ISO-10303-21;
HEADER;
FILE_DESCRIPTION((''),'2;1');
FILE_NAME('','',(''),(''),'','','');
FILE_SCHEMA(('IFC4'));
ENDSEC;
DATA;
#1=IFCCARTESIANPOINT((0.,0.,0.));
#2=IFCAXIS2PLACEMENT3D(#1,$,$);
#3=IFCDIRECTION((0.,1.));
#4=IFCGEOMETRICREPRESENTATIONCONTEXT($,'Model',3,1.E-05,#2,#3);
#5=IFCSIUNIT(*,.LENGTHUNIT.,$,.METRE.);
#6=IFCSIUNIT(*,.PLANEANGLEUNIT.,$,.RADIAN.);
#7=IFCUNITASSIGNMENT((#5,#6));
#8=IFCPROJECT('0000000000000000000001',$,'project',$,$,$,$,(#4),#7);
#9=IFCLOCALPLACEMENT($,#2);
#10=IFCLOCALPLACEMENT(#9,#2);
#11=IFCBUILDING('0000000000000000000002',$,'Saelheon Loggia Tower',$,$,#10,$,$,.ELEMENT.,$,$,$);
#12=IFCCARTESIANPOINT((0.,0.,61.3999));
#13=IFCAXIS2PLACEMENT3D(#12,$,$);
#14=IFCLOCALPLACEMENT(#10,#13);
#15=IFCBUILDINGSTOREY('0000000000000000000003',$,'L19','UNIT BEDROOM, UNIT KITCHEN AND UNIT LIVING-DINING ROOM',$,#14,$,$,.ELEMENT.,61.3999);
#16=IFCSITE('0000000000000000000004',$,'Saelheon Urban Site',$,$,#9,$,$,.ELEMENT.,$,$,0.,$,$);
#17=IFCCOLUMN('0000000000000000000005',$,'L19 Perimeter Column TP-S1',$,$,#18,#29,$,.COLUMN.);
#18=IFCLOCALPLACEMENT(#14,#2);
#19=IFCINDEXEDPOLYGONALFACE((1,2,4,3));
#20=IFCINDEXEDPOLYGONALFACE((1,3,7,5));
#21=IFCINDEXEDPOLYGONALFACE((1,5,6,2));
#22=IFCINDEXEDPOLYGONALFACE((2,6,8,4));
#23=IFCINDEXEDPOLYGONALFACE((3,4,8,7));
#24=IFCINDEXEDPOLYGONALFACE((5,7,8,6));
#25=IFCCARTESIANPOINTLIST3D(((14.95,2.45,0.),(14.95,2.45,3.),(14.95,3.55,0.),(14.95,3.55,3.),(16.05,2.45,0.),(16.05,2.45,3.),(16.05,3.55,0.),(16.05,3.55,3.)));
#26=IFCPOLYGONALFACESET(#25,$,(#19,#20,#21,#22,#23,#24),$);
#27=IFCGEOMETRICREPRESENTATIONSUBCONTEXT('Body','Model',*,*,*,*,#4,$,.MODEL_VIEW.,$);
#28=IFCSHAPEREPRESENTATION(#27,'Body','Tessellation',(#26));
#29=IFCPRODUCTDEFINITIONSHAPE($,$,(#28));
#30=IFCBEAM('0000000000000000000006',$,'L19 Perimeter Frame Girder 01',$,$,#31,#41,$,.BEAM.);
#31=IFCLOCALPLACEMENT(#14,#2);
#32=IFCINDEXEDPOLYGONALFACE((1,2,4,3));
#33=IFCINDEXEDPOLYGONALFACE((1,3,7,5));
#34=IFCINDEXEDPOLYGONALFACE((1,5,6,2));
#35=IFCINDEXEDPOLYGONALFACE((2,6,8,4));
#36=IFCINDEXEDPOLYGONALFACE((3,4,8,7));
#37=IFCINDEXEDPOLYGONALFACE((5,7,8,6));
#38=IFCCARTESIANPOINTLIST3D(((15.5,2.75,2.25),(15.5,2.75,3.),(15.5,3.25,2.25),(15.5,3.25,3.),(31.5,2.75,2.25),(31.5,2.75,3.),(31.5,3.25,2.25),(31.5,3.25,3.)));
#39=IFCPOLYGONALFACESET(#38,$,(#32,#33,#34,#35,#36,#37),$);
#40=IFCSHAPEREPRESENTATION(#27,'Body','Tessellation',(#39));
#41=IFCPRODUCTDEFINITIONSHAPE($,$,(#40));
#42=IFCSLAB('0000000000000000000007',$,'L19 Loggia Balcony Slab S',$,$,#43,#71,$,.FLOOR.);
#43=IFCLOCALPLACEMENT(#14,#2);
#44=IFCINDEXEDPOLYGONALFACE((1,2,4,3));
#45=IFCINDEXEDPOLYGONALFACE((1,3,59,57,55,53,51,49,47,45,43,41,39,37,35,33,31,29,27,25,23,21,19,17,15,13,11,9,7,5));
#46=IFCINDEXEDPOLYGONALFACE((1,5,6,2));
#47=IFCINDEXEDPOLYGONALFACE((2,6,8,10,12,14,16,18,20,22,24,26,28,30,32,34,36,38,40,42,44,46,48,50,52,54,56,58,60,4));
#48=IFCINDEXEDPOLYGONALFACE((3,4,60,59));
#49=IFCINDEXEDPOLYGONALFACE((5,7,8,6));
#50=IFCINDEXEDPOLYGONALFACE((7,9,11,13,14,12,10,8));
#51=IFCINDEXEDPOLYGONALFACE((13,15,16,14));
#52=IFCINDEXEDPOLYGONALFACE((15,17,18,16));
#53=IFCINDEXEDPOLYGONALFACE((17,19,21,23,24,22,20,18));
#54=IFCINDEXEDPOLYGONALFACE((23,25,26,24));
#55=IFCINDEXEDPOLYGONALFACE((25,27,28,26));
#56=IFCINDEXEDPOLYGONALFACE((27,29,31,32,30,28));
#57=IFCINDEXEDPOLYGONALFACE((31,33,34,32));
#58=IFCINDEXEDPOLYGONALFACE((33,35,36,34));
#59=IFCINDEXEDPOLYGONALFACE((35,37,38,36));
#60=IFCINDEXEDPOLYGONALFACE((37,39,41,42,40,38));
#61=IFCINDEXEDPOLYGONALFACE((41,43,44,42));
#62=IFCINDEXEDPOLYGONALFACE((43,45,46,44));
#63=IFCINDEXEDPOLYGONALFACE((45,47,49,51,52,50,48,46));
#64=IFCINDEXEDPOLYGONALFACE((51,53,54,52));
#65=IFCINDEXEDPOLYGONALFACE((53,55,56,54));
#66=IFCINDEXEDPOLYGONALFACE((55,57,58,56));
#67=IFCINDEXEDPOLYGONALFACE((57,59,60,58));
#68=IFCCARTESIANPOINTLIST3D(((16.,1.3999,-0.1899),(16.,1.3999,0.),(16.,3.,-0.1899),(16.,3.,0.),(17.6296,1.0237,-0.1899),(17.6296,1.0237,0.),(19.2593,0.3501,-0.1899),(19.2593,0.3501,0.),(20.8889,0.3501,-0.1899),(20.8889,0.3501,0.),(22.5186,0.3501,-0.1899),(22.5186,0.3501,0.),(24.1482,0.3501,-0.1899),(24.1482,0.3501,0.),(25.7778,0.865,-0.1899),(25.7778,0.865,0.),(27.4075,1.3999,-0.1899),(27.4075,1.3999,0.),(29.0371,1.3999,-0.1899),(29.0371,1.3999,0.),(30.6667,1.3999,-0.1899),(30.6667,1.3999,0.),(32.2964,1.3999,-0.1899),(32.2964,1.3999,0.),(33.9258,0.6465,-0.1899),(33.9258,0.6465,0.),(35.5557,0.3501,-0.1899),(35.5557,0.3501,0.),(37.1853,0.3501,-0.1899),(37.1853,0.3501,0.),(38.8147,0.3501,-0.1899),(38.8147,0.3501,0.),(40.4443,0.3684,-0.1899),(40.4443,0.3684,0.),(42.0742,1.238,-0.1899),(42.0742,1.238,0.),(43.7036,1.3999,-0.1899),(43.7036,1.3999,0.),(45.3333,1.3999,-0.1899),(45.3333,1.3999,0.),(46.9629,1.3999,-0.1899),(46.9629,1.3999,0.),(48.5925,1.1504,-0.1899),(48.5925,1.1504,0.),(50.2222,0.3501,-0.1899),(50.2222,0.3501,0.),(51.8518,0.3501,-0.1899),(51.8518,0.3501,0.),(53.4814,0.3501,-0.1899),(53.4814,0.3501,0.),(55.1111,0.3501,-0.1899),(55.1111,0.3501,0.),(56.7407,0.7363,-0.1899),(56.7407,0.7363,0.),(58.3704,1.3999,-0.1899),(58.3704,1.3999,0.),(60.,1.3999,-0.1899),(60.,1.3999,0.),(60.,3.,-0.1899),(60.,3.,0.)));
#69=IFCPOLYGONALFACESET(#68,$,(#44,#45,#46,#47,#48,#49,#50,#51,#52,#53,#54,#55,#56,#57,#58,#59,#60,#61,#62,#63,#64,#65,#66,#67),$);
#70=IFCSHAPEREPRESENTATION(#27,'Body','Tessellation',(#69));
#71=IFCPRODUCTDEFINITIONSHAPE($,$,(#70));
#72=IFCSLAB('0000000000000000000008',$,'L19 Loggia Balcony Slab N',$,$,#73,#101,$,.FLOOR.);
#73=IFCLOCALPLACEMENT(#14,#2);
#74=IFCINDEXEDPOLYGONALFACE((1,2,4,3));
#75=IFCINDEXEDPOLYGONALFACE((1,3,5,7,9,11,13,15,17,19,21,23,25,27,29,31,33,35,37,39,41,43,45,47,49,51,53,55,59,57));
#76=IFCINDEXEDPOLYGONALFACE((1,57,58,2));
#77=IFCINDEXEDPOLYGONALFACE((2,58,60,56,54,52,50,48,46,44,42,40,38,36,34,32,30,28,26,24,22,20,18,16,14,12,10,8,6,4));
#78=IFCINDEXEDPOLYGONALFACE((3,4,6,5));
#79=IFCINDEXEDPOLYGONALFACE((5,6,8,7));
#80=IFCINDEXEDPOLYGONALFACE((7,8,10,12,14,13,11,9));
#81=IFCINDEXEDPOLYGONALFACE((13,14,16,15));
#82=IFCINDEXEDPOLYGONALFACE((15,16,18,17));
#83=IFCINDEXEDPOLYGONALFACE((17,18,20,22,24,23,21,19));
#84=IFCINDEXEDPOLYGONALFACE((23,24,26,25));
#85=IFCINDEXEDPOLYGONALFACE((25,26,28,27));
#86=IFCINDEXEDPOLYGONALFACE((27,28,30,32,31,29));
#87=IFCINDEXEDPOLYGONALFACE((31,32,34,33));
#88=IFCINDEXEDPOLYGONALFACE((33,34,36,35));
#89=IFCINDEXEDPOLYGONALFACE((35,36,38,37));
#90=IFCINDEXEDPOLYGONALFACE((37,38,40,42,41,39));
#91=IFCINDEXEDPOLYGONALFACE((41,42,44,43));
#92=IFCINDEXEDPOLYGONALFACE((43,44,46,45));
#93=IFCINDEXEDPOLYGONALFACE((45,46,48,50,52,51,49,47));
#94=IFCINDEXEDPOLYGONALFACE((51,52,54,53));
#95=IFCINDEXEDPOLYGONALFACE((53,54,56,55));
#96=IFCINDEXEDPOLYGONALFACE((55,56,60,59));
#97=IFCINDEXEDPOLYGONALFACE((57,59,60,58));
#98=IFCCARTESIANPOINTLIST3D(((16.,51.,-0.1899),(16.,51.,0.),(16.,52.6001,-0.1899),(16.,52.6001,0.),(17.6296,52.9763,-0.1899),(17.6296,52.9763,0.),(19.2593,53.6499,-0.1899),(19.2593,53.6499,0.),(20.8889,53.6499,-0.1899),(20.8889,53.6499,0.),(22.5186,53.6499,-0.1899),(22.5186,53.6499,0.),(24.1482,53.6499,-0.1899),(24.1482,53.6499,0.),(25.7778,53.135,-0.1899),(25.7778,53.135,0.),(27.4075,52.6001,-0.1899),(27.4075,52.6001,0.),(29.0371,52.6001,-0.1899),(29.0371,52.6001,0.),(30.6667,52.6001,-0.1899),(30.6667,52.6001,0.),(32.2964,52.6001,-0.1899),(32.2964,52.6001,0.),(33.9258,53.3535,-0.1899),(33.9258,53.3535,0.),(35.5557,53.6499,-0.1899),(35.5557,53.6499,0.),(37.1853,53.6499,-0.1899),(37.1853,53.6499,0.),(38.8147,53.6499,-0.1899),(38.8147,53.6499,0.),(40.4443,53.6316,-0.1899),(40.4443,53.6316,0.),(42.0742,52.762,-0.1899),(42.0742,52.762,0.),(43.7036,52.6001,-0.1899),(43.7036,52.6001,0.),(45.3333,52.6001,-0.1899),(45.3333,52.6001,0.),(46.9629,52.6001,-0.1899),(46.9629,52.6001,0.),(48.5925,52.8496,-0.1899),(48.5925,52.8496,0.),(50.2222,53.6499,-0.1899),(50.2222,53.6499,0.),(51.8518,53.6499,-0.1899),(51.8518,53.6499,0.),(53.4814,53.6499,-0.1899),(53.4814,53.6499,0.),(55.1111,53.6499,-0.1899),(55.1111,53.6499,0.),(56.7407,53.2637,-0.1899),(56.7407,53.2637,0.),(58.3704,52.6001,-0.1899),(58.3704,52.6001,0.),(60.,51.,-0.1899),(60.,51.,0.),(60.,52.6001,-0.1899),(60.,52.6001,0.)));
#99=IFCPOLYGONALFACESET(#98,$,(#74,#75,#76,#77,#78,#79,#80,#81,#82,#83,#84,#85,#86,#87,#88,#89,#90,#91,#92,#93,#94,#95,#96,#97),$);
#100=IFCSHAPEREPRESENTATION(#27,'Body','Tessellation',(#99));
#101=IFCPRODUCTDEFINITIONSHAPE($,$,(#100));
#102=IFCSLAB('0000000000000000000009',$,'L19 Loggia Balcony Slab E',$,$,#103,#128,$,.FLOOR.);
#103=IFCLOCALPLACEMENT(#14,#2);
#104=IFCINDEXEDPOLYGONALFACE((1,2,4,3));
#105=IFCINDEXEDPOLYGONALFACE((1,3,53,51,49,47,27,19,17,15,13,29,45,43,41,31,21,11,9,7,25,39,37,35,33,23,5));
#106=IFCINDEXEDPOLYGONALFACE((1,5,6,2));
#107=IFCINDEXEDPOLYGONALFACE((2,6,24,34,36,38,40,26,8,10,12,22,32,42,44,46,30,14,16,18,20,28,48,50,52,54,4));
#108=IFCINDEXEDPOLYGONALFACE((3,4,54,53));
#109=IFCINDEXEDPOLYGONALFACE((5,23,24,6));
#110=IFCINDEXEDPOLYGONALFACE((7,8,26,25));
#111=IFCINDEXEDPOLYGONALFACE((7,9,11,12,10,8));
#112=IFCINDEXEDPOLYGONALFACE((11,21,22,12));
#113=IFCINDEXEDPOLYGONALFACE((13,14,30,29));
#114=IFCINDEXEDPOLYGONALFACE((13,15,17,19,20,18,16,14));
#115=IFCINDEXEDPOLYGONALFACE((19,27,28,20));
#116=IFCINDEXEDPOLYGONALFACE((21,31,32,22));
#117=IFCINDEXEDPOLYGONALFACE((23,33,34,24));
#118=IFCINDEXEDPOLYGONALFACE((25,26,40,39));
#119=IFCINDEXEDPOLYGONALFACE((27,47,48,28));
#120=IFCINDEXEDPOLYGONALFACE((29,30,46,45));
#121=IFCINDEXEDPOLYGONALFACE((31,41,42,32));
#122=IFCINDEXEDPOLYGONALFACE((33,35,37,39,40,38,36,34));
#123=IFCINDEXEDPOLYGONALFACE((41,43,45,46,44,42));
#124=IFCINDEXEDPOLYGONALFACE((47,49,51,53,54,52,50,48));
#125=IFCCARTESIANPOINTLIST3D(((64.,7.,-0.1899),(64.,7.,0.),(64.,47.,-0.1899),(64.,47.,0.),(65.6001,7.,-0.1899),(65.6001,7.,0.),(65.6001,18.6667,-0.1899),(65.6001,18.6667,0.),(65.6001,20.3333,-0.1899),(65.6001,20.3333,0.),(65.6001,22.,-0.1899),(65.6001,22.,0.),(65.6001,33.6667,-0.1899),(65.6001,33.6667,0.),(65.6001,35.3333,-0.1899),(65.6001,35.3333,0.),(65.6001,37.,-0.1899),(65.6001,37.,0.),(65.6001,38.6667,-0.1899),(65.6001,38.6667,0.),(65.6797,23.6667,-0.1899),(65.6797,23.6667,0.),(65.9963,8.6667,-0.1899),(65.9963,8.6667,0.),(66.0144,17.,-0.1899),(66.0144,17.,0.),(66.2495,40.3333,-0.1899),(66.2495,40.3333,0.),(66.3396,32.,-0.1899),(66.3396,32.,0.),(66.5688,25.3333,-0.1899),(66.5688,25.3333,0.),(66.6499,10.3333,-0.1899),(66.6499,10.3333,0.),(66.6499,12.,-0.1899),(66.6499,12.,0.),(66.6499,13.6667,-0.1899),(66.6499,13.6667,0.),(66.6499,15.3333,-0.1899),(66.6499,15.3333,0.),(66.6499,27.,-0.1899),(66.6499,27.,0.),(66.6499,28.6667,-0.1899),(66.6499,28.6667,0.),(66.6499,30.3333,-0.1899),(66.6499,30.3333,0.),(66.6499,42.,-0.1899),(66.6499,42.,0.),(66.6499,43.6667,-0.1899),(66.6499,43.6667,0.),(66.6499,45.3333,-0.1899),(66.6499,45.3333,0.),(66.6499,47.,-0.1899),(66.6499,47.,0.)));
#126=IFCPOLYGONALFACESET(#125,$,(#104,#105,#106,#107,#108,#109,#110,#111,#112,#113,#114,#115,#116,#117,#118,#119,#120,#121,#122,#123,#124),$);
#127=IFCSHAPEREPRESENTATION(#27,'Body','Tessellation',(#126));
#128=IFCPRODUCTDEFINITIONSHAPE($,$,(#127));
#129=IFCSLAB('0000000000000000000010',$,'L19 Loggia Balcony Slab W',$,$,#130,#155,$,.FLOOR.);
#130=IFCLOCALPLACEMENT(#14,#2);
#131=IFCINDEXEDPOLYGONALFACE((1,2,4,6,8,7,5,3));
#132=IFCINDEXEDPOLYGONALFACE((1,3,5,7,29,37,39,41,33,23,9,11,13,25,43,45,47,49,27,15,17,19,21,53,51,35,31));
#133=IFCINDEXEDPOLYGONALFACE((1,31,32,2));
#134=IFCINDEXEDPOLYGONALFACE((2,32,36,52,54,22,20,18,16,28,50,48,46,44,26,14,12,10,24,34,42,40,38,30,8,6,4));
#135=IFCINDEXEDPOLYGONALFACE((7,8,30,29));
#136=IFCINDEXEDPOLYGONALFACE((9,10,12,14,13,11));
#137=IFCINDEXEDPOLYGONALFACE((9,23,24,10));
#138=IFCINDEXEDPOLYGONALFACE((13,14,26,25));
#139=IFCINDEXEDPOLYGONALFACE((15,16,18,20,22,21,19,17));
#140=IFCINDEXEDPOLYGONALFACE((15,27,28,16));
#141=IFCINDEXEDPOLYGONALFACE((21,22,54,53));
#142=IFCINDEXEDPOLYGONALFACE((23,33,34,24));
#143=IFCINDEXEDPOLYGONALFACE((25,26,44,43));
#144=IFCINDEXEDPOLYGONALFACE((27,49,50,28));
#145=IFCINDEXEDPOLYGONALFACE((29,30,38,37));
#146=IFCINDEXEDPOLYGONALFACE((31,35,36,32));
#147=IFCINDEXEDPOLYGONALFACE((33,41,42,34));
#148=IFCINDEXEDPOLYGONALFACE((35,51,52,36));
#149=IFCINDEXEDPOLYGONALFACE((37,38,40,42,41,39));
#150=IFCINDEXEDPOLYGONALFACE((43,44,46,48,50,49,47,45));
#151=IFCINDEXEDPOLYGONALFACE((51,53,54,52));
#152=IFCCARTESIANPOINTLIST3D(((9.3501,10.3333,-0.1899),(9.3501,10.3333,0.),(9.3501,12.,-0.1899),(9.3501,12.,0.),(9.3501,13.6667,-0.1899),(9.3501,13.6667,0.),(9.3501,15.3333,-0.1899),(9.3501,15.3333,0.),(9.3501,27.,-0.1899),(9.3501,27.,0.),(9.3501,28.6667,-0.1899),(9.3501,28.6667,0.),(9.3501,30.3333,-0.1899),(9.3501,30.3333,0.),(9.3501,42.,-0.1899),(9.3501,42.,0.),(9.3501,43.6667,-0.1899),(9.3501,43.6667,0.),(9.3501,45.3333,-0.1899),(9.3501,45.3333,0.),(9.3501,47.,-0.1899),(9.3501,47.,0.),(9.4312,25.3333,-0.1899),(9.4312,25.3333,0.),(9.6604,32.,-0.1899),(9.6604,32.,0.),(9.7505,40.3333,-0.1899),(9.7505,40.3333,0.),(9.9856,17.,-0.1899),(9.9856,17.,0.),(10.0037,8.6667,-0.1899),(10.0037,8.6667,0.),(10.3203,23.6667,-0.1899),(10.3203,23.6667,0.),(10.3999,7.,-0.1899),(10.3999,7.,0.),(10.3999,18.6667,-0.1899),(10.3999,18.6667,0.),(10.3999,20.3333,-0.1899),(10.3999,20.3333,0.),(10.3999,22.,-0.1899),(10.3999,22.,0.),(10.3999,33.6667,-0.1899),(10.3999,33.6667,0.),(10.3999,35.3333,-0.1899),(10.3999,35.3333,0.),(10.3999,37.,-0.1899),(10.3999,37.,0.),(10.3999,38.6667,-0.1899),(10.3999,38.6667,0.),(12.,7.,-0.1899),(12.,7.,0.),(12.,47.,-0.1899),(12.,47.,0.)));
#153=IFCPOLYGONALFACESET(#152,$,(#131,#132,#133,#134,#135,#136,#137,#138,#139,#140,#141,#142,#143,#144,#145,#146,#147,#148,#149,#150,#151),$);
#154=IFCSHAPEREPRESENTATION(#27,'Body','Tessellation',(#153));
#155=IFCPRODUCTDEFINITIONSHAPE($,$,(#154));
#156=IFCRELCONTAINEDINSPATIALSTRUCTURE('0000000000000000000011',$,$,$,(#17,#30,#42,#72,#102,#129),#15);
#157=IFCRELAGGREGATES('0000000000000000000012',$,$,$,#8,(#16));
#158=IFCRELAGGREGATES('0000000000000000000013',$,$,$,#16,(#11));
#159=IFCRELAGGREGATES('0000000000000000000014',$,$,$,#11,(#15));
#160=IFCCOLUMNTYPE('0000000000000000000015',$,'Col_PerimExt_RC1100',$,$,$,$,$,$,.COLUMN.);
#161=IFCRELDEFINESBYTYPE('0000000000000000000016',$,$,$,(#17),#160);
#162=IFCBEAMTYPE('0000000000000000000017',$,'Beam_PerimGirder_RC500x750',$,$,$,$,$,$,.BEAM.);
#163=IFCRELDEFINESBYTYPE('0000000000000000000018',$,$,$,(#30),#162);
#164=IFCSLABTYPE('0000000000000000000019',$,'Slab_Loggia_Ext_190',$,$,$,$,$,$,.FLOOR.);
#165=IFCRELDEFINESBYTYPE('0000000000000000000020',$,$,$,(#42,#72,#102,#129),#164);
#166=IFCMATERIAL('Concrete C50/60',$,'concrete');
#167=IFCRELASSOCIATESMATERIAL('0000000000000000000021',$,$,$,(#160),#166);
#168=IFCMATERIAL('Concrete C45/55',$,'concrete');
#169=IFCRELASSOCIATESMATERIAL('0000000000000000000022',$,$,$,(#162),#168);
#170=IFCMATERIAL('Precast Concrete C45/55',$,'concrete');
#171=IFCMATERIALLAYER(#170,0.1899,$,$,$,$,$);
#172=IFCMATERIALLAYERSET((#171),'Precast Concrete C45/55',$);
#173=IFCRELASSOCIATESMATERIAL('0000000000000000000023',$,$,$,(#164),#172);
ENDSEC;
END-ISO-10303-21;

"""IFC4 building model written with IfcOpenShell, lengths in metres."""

from ifc_helpers import new_model, si_unit, direction, frame, origin, origin_2d, place, context, subcontext, project, spatial, polyline, rectangle, outline, extrude, source, transform, mapped, material, layer, layer_set, material_profile, profile_set, type_object, element, save


model = new_model("IFC4")

# Units and contexts
model_context = context("Model", 3, precision=1e-05, world=origin(), true_north=direction((0.0, 1.0)))
body_context = subcontext(model_context, "Body", "Model", "MODEL_VIEW")
ifc_project = project(units=[si_unit("LENGTHUNIT", "METRE"), si_unit("PLANEANGLEUNIT", "RADIAN")], contexts=[model_context])

# Site, building, storey
site_placement = place(None, origin())
site = spatial("IfcSite", under=ifc_project, at=site_placement, Name="Saelheon Urban Site", CompositionType="ELEMENT", RefElevation=0.0)
building_placement = place(site_placement, origin())
building = spatial("IfcBuilding", under=site, at=building_placement, Name="Saelheon Loggia Tower", CompositionType="ELEMENT")
storey_placement = place(building_placement, frame((0.0, 0.0, 61.3999)))
storey = spatial("IfcBuildingStorey", under=building, at=storey_placement, Name="L19", Description="UNIT BEDROOM, UNIT KITCHEN AND UNIT LIVING-DINING ROOM", CompositionType="ELEMENT", Elevation=61.3999)

# Column
ifc_material_1 = material(Name="Concrete C50/60", Category="concrete")
ifc_material_profile_1 = material_profile(ifc_material_1, rectangle(XDim=1.1001, YDim=1.1001, at=origin_2d()), Name="RC-1100x1100")
ifc_profile_set_1 = profile_set([ifc_material_profile_1], Name="Concrete C50/60")
column_type = type_object("IfcColumnType", Name="Col_PerimExt_RC1100", PredefinedType="COLUMN", material=ifc_profile_set_1)
shared_shape_1 = source(origin(), body_context, "Body", "SweptSolid", [
    extrude(rectangle(XDim=1.1001, YDim=1.1001, at=origin_2d()), origin(), (0.0, 0.0, 1.0), 3.0),
])
column_placement = place(storey_placement, frame((15.5, 3.0, 0.0), z_axis=(0.0, 0.0, 1.0), x_axis=(1.0, 0.0, 0.0)))
element("IfcColumn", 1, at=column_placement, inside=storey, type_object=column_type, Name="L19 Perimeter Column TP-S1", PredefinedType="COLUMN", context=body_context, shape_type="MappedRepresentation", body=[
    mapped(shared_shape_1, transform((0.0, 0.0, 0.0), scale=1.0)),
])

# Beam
ifc_material_2 = material(Name="Concrete C45/55", Category="concrete")
ifc_material_profile_2 = material_profile(ifc_material_2, rectangle(XDim=0.5, YDim=0.75, at=origin_2d()), Name="RC-500x750")
ifc_profile_set_2 = profile_set([ifc_material_profile_2], Name="Concrete C45/55")
beam_type = type_object("IfcBeamType", Name="Beam_PerimGirder_RC500x750", PredefinedType="BEAM", material=ifc_profile_set_2)
shared_shape_2 = source(origin(), body_context, "Body", "SweptSolid", [
    extrude(rectangle(XDim=0.5, YDim=0.75, at=origin_2d()), origin(), (0.0, 0.0, 1.0), 16.0),
])
beam_placement = place(storey_placement, frame((15.5, 3.0, 2.625), z_axis=(1.0, 0.0, 0.0), x_axis=(0.0, 1.0, 0.0)))
element("IfcBeam", 2, at=beam_placement, inside=storey, type_object=beam_type, Name="L19 Perimeter Frame Girder 01", PredefinedType="BEAM", context=body_context, shape_type="MappedRepresentation", body=[
    mapped(shared_shape_2, transform((0.0, 0.0, 0.0), scale=1.0)),
])

# Slabs
ifc_material_3 = material(Name="Precast Concrete C45/55", Category="concrete")
ifc_layer_1 = layer(ifc_material_3, 0.1899)
ifc_layer_set_1 = layer_set([ifc_layer_1], Name="Precast Concrete C45/55")
slab_type_1 = type_object("IfcSlabType", Name="Slab_Loggia_Ext_190", PredefinedType="FLOOR", material=ifc_layer_set_1)
slab_1_placement = place(storey_placement, frame((0.0, 0.0, -0.1899)))
element("IfcSlab", 3, at=slab_1_placement, inside=storey, type_object=slab_type_1, Name="L19 Loggia Balcony Slab S", PredefinedType="FLOOR", context=body_context, shape_type="SweptSolid", body=[
    extrude(outline(polyline([(16.0, 1.3999), (17.6296, 1.0237), (19.2593, 0.3501), (20.8889, 0.3501), (22.5186, 0.3501), (24.1482, 0.3501), (25.7778, 0.865), (27.4075, 1.3999), (29.0371, 1.3999), (30.6667, 1.3999), (32.2964, 1.3999), (33.9258, 0.6465), (35.5557, 0.3501), (37.1853, 0.3501), (38.8147, 0.3501), (40.4443, 0.3684), (42.0742, 1.238), (43.7036, 1.3999), (45.3333, 1.3999), (46.9629, 1.3999), (48.5925, 1.1504), (50.2222, 0.3501), (51.8518, 0.3501), (53.4814, 0.3501), (55.1111, 0.3501), (56.7407, 0.7363), (58.3704, 1.3999), (60.0, 1.3999), (60.0, 3.0), (16.0, 3.0), (16.0, 1.3999)])), origin(), (0.0, 0.0, 1.0), 0.1899),
])
slab_2_placement = place(storey_placement, frame((0.0, 0.0, -0.1899)))
element("IfcSlab", 4, at=slab_2_placement, inside=storey, type_object=slab_type_1, Name="L19 Loggia Balcony Slab N", PredefinedType="FLOOR", context=body_context, shape_type="SweptSolid", body=[
    extrude(outline(polyline([(16.0, 51.0), (60.0, 51.0), (60.0, 52.6001), (58.3704, 52.6001), (56.7407, 53.2637), (55.1111, 53.6499), (53.4814, 53.6499), (51.8518, 53.6499), (50.2222, 53.6499), (48.5925, 52.8496), (46.9629, 52.6001), (45.3333, 52.6001), (43.7036, 52.6001), (42.0742, 52.762), (40.4443, 53.6316), (38.8147, 53.6499), (37.1853, 53.6499), (35.5557, 53.6499), (33.9258, 53.3535), (32.2964, 52.6001), (30.6667, 52.6001), (29.0371, 52.6001), (27.4075, 52.6001), (25.7778, 53.135), (24.1482, 53.6499), (22.5186, 53.6499), (20.8889, 53.6499), (19.2593, 53.6499), (17.6296, 52.9763), (16.0, 52.6001), (16.0, 51.0)])), origin(), (0.0, 0.0, 1.0), 0.1899),
])
slab_3_placement = place(storey_placement, frame((0.0, 0.0, -0.1899)))
element("IfcSlab", 5, at=slab_3_placement, inside=storey, type_object=slab_type_1, Name="L19 Loggia Balcony Slab E", PredefinedType="FLOOR", context=body_context, shape_type="SweptSolid", body=[
    extrude(outline(polyline([(64.0, 7.0), (65.6001, 7.0), (65.9963, 8.6667), (66.6499, 10.3333), (66.6499, 12.0), (66.6499, 13.6667), (66.6499, 15.3333), (66.0144, 17.0), (65.6001, 18.6667), (65.6001, 20.3333), (65.6001, 22.0), (65.6797, 23.6667), (66.5688, 25.3333), (66.6499, 27.0), (66.6499, 28.6667), (66.6499, 30.3333), (66.3396, 32.0), (65.6001, 33.6667), (65.6001, 35.3333), (65.6001, 37.0), (65.6001, 38.6667), (66.2495, 40.3333), (66.6499, 42.0), (66.6499, 43.6667), (66.6499, 45.3333), (66.6499, 47.0), (64.0, 47.0), (64.0, 7.0)])), origin(), (0.0, 0.0, 1.0), 0.1899),
])
slab_4_placement = place(storey_placement, frame((0.0, 0.0, -0.1899)))
element("IfcSlab", 6, at=slab_4_placement, inside=storey, type_object=slab_type_1, Name="L19 Loggia Balcony Slab W", PredefinedType="FLOOR", context=body_context, shape_type="SweptSolid", body=[
    extrude(outline(polyline([(12.0, 7.0), (12.0, 47.0), (9.3501, 47.0), (9.3501, 45.3333), (9.3501, 43.6667), (9.3501, 42.0), (9.7505, 40.3333), (10.3999, 38.6667), (10.3999, 37.0), (10.3999, 35.3333), (10.3999, 33.6667), (9.6604, 32.0), (9.3501, 30.3333), (9.3501, 28.6667), (9.3501, 27.0), (9.4312, 25.3333), (10.3203, 23.6667), (10.3999, 22.0), (10.3999, 20.3333), (10.3999, 18.6667), (9.9856, 17.0), (9.3501, 15.3333), (9.3501, 13.6667), (9.3501, 12.0), (9.3501, 10.3333), (10.0037, 8.6667), (10.3999, 7.0), (12.0, 7.0)])), origin(), (0.0, 0.0, 1.0), 0.1899),
])

save(model, "model.ifc")
